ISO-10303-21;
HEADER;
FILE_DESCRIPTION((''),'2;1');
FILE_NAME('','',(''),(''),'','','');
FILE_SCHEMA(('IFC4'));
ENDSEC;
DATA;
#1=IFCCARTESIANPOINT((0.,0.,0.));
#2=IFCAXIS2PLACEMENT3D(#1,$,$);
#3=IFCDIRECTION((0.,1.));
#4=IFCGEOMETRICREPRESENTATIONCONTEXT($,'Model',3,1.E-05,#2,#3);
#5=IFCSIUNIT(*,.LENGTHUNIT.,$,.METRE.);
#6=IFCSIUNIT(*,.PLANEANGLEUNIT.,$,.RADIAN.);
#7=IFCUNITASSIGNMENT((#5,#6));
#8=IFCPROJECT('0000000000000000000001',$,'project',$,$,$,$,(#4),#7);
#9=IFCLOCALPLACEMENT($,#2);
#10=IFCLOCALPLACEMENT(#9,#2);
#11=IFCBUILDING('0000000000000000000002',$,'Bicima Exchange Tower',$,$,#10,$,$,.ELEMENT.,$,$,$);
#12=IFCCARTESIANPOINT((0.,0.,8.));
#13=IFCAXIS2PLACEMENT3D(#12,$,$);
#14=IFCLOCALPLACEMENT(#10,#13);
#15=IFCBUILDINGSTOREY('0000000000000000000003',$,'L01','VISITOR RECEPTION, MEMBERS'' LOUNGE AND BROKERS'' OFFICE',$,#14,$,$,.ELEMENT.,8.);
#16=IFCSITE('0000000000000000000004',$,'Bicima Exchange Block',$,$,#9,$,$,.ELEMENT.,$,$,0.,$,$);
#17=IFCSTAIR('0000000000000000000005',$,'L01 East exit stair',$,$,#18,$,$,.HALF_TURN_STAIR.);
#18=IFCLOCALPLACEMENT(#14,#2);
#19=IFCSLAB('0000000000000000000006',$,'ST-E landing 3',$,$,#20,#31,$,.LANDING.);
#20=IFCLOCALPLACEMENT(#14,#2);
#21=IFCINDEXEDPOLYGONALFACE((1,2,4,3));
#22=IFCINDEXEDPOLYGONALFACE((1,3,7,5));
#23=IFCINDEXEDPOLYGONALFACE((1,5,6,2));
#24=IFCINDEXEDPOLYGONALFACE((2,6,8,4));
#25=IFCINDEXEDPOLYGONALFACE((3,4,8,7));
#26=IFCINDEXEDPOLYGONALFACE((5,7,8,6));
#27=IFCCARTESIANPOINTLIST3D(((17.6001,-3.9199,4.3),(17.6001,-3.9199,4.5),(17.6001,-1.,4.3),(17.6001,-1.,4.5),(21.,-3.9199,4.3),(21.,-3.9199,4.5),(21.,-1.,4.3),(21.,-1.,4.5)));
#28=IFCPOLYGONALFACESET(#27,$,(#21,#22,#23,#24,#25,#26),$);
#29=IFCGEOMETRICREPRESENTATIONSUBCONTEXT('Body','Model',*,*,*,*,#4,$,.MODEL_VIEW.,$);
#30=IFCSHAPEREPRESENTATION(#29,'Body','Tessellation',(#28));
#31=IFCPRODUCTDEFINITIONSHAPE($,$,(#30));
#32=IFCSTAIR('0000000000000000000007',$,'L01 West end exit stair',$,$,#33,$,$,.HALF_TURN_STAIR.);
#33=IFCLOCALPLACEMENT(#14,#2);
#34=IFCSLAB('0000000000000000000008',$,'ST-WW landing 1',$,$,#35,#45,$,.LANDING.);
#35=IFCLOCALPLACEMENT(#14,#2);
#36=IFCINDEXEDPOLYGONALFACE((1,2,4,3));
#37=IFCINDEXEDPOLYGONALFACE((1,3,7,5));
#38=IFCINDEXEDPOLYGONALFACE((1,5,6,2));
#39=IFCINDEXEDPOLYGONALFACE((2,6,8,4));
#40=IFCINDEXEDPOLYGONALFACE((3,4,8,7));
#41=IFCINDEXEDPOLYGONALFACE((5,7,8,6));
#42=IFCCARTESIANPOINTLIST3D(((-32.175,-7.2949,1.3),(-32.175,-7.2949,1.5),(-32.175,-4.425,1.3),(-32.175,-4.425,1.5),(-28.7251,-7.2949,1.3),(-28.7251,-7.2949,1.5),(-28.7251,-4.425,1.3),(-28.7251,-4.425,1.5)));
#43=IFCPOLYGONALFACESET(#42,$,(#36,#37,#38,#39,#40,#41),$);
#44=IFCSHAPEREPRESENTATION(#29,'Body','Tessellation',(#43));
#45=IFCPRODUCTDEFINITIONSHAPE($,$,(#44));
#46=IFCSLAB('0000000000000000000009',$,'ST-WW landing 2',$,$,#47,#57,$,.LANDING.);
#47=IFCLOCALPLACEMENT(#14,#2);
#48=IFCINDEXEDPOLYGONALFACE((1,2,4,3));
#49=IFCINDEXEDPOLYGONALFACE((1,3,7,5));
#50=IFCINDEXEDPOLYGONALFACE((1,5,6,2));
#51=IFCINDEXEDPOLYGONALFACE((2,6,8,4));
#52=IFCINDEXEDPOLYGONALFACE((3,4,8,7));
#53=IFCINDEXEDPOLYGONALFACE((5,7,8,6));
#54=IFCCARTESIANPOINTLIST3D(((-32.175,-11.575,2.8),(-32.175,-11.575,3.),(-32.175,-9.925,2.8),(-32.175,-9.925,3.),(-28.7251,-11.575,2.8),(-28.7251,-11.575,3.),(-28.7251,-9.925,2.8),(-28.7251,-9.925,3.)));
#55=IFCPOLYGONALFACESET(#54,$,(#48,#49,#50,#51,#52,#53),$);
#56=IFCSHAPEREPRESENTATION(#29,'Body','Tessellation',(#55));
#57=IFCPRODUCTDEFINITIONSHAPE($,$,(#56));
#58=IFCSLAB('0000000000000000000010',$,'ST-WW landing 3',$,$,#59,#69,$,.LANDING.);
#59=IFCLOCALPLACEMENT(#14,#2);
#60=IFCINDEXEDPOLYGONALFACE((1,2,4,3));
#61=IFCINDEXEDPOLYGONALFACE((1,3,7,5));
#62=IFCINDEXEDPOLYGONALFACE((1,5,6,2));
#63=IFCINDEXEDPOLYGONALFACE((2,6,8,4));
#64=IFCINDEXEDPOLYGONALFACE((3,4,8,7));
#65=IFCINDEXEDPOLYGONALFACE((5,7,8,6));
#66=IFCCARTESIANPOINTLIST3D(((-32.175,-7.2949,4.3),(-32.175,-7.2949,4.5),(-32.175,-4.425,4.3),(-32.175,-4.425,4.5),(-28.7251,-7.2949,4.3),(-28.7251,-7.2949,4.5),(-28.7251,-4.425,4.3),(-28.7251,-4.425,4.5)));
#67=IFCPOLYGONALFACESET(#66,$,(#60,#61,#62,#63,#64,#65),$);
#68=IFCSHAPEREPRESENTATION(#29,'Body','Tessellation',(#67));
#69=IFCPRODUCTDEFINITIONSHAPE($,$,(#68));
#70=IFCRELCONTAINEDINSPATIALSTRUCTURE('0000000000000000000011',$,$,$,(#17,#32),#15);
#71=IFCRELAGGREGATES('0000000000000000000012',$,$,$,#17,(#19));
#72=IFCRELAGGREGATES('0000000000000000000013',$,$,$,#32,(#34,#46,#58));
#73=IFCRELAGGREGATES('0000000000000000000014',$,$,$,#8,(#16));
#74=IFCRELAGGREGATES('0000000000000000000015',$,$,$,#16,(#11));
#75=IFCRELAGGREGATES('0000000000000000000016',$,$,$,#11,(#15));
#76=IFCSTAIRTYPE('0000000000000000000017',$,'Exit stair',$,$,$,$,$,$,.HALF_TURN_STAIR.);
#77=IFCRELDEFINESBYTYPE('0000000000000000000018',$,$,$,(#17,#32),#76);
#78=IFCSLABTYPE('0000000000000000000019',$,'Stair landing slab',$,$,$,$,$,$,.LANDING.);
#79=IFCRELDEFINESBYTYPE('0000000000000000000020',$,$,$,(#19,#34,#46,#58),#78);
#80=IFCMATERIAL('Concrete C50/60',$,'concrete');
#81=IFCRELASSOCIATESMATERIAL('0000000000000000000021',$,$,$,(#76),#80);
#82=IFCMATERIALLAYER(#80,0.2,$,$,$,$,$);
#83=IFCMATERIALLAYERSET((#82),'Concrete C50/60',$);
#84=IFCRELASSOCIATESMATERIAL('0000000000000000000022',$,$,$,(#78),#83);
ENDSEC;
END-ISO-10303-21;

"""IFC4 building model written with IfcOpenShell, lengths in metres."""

from ifc_helpers import new_model, si_unit, direction, frame, origin, place, context, subcontext, project, spatial, polyline, outline, extrude, material, layer, layer_set, type_object, element, aggregate, save


model = new_model("IFC4")

# Units and contexts
model_context = context("Model", 3, precision=1e-05, world=origin(), true_north=direction((0.0, 1.0)))
body_context = subcontext(model_context, "Body", "Model", "MODEL_VIEW")
ifc_project = project(units=[si_unit("LENGTHUNIT", "METRE"), si_unit("PLANEANGLEUNIT", "RADIAN")], contexts=[model_context])

# Site, building, storey
site_placement = place(None, origin())
site = spatial("IfcSite", under=ifc_project, at=site_placement, Name="Bicima Exchange Block", CompositionType="ELEMENT", RefElevation=0.0)
building_placement = place(site_placement, origin())
building = spatial("IfcBuilding", under=site, at=building_placement, Name="Bicima Exchange Tower", CompositionType="ELEMENT")
storey_placement = place(building_placement, frame((0.0, 0.0, 8.0)))
storey = spatial("IfcBuildingStorey", under=building, at=storey_placement, Name="L01", Description="VISITOR RECEPTION, MEMBERS' LOUNGE AND BROKERS' OFFICE", CompositionType="ELEMENT", Elevation=8.0)

# Stairs, slabs
ifc_material_1 = material(Name="Concrete C50/60", Category="concrete")
stair_type_1 = type_object("IfcStairType", Name="Exit stair", PredefinedType="HALF_TURN_STAIR", material=ifc_material_1)
ifc_layer_1 = layer(ifc_material_1, 0.2)
ifc_layer_set_1 = layer_set([ifc_layer_1], Name="Concrete C50/60")
slab_type_1 = type_object("IfcSlabType", Name="Stair landing slab", PredefinedType="LANDING", material=ifc_layer_set_1)
stair_1_placement = place(storey_placement, origin())
stair_1 = element("IfcStair", 1, at=stair_1_placement, inside=storey, type_object=stair_type_1, Name="L01 East exit stair", PredefinedType="HALF_TURN_STAIR")
slab_1_placement = place(storey_placement, frame((0.0, 0.0, 4.3)))
slab_1 = element("IfcSlab", 2, at=slab_1_placement, type_object=slab_type_1, Name="ST-E landing 3", PredefinedType="LANDING", context=body_context, shape_type="SweptSolid", body=[
    extrude(outline(polyline([(21.0, -3.9199), (21.0, -1.0), (17.6001, -1.0), (17.6001, -3.9199), (21.0, -3.9199)])), origin(), (0.0, 0.0, 1.0), 0.2),
])
aggregate(stair_1, [slab_1])
stair_2_placement = place(storey_placement, origin())
stair_2 = element("IfcStair", 3, at=stair_2_placement, inside=storey, type_object=stair_type_1, Name="L01 West end exit stair", PredefinedType="HALF_TURN_STAIR")
slab_2_placement = place(storey_placement, frame((0.0, 0.0, 1.3)))
slab_2 = element("IfcSlab", 4, at=slab_2_placement, type_object=slab_type_1, Name="ST-WW landing 1", PredefinedType="LANDING", context=body_context, shape_type="SweptSolid", body=[
    extrude(outline(polyline([(-28.7251, -7.2949), (-28.7251, -4.425), (-32.175, -4.425), (-32.175, -7.2949), (-28.7251, -7.2949)])), origin(), (0.0, 0.0, 1.0), 0.2),
])
slab_3_placement = place(storey_placement, frame((0.0, 0.0, 2.8)))
slab_3 = element("IfcSlab", 5, at=slab_3_placement, type_object=slab_type_1, Name="ST-WW landing 2", PredefinedType="LANDING", context=body_context, shape_type="SweptSolid", body=[
    extrude(outline(polyline([(-28.7251, -11.575), (-28.7251, -9.925), (-32.175, -9.925), (-32.175, -11.575), (-28.7251, -11.575)])), origin(), (0.0, 0.0, 1.0), 0.2),
])
slab_4_placement = place(storey_placement, frame((0.0, 0.0, 4.3)))
slab_4 = element("IfcSlab", 6, at=slab_4_placement, type_object=slab_type_1, Name="ST-WW landing 3", PredefinedType="LANDING", context=body_context, shape_type="SweptSolid", body=[
    extrude(outline(polyline([(-28.7251, -7.2949), (-28.7251, -4.425), (-32.175, -4.425), (-32.175, -7.2949), (-28.7251, -7.2949)])), origin(), (0.0, 0.0, 1.0), 0.2),
])
aggregate(stair_2, [slab_2, slab_3, slab_4])

save(model, "model.ifc")
